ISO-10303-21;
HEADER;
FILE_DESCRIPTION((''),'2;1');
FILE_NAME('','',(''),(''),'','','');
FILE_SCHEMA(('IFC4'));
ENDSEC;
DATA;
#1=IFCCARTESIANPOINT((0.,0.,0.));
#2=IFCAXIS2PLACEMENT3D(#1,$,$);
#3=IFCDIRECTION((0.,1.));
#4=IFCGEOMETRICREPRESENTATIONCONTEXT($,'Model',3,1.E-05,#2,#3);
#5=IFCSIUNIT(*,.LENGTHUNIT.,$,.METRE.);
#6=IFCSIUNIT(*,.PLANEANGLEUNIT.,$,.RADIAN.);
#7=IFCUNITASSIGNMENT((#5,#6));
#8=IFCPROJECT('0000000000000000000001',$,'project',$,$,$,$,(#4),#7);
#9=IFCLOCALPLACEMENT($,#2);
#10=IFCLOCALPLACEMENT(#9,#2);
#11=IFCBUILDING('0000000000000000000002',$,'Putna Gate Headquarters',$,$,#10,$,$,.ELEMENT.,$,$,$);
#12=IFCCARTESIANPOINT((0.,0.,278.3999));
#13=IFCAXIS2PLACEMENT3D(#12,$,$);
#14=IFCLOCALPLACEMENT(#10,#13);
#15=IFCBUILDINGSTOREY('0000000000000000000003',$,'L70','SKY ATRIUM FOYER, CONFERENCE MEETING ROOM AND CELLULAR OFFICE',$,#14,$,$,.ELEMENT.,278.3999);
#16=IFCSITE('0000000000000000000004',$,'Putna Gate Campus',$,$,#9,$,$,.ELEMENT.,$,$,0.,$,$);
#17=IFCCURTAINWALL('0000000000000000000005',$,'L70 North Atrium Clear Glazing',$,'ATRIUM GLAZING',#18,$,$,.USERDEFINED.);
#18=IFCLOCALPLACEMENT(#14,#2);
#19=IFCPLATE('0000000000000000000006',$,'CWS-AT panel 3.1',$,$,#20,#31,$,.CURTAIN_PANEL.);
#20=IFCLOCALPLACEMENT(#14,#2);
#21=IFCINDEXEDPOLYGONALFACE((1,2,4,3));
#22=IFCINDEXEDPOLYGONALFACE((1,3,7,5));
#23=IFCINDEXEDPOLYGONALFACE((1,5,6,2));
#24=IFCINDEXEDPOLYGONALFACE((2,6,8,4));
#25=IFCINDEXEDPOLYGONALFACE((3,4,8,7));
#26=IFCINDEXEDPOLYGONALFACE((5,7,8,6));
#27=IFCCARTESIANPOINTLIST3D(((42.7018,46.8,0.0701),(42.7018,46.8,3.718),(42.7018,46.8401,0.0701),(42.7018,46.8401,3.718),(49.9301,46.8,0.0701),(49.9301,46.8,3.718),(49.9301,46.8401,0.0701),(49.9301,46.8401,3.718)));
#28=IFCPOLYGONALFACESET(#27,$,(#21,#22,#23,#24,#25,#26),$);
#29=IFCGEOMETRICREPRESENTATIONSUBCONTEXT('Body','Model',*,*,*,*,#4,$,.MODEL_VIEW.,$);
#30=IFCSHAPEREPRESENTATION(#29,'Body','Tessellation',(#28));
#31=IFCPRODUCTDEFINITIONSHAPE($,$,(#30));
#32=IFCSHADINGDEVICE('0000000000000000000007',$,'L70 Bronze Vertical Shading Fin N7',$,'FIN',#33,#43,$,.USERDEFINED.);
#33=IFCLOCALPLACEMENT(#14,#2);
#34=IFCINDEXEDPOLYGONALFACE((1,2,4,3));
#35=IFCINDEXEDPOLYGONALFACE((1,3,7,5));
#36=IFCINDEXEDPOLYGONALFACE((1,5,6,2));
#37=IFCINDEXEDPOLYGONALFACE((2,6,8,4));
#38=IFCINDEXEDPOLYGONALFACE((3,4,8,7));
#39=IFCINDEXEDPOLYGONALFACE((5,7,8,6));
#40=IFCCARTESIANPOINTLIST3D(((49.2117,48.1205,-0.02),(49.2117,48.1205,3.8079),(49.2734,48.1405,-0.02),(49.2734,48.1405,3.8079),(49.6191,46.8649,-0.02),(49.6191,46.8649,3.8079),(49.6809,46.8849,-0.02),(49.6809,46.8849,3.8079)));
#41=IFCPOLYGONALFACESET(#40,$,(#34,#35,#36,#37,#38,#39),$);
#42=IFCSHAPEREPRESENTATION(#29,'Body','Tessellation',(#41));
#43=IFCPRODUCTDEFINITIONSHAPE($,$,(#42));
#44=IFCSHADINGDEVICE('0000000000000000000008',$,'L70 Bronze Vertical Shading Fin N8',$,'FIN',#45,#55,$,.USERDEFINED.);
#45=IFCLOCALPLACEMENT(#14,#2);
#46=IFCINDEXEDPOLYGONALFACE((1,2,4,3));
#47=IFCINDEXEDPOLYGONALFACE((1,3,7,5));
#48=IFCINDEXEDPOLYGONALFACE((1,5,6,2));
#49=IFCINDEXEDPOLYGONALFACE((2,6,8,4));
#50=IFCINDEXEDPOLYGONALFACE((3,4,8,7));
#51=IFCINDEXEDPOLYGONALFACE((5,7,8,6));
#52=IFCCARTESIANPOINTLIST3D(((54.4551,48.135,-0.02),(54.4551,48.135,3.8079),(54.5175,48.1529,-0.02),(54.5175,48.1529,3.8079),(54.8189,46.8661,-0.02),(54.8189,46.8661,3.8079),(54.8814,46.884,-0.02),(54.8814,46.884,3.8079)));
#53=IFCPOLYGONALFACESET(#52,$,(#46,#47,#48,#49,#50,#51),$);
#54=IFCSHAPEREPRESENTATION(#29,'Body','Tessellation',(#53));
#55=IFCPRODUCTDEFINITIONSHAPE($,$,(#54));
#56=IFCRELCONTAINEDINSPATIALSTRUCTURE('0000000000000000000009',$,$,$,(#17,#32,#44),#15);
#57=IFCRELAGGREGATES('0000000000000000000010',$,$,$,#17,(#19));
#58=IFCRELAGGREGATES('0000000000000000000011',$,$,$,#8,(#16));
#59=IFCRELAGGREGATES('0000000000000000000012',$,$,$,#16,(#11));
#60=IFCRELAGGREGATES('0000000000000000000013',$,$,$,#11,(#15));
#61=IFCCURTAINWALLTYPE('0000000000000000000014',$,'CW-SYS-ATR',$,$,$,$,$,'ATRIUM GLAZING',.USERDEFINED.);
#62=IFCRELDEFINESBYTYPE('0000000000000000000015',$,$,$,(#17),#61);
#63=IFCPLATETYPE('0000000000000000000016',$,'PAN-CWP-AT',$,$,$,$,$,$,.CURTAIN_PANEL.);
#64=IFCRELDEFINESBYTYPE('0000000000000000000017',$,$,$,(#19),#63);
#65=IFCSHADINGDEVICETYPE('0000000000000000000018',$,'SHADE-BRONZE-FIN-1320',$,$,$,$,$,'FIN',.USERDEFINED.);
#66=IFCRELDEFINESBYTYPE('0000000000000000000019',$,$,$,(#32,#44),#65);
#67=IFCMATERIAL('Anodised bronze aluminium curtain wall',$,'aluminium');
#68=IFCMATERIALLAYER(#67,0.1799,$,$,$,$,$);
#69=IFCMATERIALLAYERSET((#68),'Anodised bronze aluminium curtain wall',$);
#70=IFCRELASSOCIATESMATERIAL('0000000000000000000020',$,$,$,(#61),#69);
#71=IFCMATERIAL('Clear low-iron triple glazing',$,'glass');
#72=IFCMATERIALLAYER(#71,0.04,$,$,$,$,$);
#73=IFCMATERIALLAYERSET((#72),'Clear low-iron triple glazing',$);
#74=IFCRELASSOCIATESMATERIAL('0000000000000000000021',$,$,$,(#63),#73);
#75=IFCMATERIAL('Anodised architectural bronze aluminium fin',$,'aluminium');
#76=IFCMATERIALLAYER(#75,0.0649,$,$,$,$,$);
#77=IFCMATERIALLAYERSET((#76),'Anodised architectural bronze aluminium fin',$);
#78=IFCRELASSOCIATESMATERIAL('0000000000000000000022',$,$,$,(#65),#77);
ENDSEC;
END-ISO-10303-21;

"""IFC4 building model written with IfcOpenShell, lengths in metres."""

from ifc_helpers import new_model, si_unit, direction, frame, origin, origin_2d, place, context, subcontext, project, spatial, rectangle, extrude, material, layer, layer_set, type_object, element, aggregate, save


model = new_model("IFC4")

# Units and contexts
model_context = context("Model", 3, precision=1e-05, world=origin(), true_north=direction((0.0, 1.0)))
body_context = subcontext(model_context, "Body", "Model", "MODEL_VIEW")
ifc_project = project(units=[si_unit("LENGTHUNIT", "METRE"), si_unit("PLANEANGLEUNIT", "RADIAN")], contexts=[model_context])

# Site, building, storey
site_placement = place(None, origin())
site = spatial("IfcSite", under=ifc_project, at=site_placement, Name="Putna Gate Campus", CompositionType="ELEMENT", RefElevation=0.0)
building_placement = place(site_placement, origin())
building = spatial("IfcBuilding", under=site, at=building_placement, Name="Putna Gate Headquarters", CompositionType="ELEMENT")
storey_placement = place(building_placement, frame((0.0, 0.0, 278.3999)))
storey = spatial("IfcBuildingStorey", under=building, at=storey_placement, Name="L70", Description="SKY ATRIUM FOYER, CONFERENCE MEETING ROOM AND CELLULAR OFFICE", CompositionType="ELEMENT", Elevation=278.3999)

# Shared definitions
ifc_material_1 = material(Name="Anodised bronze aluminium curtain wall", Category="aluminium")

# Curtain wall
ifc_layer_1 = layer(ifc_material_1, 0.1799)
ifc_layer_set_1 = layer_set([ifc_layer_1], Name="Anodised bronze aluminium curtain wall")
curtain_wall_type_1 = type_object("IfcCurtainWallType", Name="CW-SYS-ATR", ElementType="ATRIUM GLAZING", PredefinedType="USERDEFINED", material=ifc_layer_set_1)
curtain_wall_1_placement = place(storey_placement, origin())
curtain_wall_1 = element("IfcCurtainWall", 1, at=curtain_wall_1_placement, inside=storey, type_object=curtain_wall_type_1, Name="L70 North Atrium Clear Glazing", ObjectType="ATRIUM GLAZING", PredefinedType="USERDEFINED")

# Plate
ifc_material_2 = material(Name="Clear low-iron triple glazing", Category="glass")
ifc_layer_2 = layer(ifc_material_2, 0.04)
ifc_layer_set_2 = layer_set([ifc_layer_2], Name="Clear low-iron triple glazing")
plate_type_1 = type_object("IfcPlateType", Name="PAN-CWP-AT", PredefinedType="CURTAIN_PANEL", material=ifc_layer_set_2)
plate_1_placement = place(storey_placement, frame((46.3159, 46.8201, 0.0701), z_axis=(0.0, 0.0, 1.0), x_axis=(1.0, 0.0, 0.0)))
plate_1 = element("IfcPlate", 2, at=plate_1_placement, type_object=plate_type_1, Name="CWS-AT panel 3.1", PredefinedType="CURTAIN_PANEL", context=body_context, shape_type="SweptSolid", body=[
    extrude(rectangle(XDim=7.2283, YDim=0.04, at=origin_2d()), origin(), (0.0, 0.0, 1.0), 3.6479),
])
aggregate(curtain_wall_1, [plate_1])

# Shading devices
ifc_material_3 = material(Name="Anodised architectural bronze aluminium fin", Category="aluminium")
ifc_layer_3 = layer(ifc_material_3, 0.0649)
ifc_layer_set_3 = layer_set([ifc_layer_3], Name="Anodised architectural bronze aluminium fin")
shading_device_type = type_object("IfcShadingDeviceType", Name="SHADE-BRONZE-FIN-1320", ElementType="FIN", PredefinedType="USERDEFINED", material=ifc_layer_set_3)
for number, where, z_axis, x_axis, name in (
    (3, (49.4463, 47.5027, -0.02), (0.0, 0.0, 1.0), (-0.308685, 0.951164, 0.0), "L70 Bronze Vertical Shading Fin N7"),
    (4, (54.6682, 47.5095, -0.02), (0.0, 0.0, 1.0), (-0.275637, 0.961262, 0.0), "L70 Bronze Vertical Shading Fin N8"),
):
    element("IfcShadingDevice", number, at=place(storey_placement, frame(where, z_axis=z_axis, x_axis=x_axis)), inside=storey, type_object=shading_device_type, Name=name, ObjectType="FIN", PredefinedType="USERDEFINED", context=body_context, shape_type="SweptSolid", body=[
        extrude(rectangle(XDim=1.3201, YDim=0.0649, at=origin_2d()), origin(), (0.0, 0.0, 1.0), 3.8279),
    ])

save(model, "model.ifc")
